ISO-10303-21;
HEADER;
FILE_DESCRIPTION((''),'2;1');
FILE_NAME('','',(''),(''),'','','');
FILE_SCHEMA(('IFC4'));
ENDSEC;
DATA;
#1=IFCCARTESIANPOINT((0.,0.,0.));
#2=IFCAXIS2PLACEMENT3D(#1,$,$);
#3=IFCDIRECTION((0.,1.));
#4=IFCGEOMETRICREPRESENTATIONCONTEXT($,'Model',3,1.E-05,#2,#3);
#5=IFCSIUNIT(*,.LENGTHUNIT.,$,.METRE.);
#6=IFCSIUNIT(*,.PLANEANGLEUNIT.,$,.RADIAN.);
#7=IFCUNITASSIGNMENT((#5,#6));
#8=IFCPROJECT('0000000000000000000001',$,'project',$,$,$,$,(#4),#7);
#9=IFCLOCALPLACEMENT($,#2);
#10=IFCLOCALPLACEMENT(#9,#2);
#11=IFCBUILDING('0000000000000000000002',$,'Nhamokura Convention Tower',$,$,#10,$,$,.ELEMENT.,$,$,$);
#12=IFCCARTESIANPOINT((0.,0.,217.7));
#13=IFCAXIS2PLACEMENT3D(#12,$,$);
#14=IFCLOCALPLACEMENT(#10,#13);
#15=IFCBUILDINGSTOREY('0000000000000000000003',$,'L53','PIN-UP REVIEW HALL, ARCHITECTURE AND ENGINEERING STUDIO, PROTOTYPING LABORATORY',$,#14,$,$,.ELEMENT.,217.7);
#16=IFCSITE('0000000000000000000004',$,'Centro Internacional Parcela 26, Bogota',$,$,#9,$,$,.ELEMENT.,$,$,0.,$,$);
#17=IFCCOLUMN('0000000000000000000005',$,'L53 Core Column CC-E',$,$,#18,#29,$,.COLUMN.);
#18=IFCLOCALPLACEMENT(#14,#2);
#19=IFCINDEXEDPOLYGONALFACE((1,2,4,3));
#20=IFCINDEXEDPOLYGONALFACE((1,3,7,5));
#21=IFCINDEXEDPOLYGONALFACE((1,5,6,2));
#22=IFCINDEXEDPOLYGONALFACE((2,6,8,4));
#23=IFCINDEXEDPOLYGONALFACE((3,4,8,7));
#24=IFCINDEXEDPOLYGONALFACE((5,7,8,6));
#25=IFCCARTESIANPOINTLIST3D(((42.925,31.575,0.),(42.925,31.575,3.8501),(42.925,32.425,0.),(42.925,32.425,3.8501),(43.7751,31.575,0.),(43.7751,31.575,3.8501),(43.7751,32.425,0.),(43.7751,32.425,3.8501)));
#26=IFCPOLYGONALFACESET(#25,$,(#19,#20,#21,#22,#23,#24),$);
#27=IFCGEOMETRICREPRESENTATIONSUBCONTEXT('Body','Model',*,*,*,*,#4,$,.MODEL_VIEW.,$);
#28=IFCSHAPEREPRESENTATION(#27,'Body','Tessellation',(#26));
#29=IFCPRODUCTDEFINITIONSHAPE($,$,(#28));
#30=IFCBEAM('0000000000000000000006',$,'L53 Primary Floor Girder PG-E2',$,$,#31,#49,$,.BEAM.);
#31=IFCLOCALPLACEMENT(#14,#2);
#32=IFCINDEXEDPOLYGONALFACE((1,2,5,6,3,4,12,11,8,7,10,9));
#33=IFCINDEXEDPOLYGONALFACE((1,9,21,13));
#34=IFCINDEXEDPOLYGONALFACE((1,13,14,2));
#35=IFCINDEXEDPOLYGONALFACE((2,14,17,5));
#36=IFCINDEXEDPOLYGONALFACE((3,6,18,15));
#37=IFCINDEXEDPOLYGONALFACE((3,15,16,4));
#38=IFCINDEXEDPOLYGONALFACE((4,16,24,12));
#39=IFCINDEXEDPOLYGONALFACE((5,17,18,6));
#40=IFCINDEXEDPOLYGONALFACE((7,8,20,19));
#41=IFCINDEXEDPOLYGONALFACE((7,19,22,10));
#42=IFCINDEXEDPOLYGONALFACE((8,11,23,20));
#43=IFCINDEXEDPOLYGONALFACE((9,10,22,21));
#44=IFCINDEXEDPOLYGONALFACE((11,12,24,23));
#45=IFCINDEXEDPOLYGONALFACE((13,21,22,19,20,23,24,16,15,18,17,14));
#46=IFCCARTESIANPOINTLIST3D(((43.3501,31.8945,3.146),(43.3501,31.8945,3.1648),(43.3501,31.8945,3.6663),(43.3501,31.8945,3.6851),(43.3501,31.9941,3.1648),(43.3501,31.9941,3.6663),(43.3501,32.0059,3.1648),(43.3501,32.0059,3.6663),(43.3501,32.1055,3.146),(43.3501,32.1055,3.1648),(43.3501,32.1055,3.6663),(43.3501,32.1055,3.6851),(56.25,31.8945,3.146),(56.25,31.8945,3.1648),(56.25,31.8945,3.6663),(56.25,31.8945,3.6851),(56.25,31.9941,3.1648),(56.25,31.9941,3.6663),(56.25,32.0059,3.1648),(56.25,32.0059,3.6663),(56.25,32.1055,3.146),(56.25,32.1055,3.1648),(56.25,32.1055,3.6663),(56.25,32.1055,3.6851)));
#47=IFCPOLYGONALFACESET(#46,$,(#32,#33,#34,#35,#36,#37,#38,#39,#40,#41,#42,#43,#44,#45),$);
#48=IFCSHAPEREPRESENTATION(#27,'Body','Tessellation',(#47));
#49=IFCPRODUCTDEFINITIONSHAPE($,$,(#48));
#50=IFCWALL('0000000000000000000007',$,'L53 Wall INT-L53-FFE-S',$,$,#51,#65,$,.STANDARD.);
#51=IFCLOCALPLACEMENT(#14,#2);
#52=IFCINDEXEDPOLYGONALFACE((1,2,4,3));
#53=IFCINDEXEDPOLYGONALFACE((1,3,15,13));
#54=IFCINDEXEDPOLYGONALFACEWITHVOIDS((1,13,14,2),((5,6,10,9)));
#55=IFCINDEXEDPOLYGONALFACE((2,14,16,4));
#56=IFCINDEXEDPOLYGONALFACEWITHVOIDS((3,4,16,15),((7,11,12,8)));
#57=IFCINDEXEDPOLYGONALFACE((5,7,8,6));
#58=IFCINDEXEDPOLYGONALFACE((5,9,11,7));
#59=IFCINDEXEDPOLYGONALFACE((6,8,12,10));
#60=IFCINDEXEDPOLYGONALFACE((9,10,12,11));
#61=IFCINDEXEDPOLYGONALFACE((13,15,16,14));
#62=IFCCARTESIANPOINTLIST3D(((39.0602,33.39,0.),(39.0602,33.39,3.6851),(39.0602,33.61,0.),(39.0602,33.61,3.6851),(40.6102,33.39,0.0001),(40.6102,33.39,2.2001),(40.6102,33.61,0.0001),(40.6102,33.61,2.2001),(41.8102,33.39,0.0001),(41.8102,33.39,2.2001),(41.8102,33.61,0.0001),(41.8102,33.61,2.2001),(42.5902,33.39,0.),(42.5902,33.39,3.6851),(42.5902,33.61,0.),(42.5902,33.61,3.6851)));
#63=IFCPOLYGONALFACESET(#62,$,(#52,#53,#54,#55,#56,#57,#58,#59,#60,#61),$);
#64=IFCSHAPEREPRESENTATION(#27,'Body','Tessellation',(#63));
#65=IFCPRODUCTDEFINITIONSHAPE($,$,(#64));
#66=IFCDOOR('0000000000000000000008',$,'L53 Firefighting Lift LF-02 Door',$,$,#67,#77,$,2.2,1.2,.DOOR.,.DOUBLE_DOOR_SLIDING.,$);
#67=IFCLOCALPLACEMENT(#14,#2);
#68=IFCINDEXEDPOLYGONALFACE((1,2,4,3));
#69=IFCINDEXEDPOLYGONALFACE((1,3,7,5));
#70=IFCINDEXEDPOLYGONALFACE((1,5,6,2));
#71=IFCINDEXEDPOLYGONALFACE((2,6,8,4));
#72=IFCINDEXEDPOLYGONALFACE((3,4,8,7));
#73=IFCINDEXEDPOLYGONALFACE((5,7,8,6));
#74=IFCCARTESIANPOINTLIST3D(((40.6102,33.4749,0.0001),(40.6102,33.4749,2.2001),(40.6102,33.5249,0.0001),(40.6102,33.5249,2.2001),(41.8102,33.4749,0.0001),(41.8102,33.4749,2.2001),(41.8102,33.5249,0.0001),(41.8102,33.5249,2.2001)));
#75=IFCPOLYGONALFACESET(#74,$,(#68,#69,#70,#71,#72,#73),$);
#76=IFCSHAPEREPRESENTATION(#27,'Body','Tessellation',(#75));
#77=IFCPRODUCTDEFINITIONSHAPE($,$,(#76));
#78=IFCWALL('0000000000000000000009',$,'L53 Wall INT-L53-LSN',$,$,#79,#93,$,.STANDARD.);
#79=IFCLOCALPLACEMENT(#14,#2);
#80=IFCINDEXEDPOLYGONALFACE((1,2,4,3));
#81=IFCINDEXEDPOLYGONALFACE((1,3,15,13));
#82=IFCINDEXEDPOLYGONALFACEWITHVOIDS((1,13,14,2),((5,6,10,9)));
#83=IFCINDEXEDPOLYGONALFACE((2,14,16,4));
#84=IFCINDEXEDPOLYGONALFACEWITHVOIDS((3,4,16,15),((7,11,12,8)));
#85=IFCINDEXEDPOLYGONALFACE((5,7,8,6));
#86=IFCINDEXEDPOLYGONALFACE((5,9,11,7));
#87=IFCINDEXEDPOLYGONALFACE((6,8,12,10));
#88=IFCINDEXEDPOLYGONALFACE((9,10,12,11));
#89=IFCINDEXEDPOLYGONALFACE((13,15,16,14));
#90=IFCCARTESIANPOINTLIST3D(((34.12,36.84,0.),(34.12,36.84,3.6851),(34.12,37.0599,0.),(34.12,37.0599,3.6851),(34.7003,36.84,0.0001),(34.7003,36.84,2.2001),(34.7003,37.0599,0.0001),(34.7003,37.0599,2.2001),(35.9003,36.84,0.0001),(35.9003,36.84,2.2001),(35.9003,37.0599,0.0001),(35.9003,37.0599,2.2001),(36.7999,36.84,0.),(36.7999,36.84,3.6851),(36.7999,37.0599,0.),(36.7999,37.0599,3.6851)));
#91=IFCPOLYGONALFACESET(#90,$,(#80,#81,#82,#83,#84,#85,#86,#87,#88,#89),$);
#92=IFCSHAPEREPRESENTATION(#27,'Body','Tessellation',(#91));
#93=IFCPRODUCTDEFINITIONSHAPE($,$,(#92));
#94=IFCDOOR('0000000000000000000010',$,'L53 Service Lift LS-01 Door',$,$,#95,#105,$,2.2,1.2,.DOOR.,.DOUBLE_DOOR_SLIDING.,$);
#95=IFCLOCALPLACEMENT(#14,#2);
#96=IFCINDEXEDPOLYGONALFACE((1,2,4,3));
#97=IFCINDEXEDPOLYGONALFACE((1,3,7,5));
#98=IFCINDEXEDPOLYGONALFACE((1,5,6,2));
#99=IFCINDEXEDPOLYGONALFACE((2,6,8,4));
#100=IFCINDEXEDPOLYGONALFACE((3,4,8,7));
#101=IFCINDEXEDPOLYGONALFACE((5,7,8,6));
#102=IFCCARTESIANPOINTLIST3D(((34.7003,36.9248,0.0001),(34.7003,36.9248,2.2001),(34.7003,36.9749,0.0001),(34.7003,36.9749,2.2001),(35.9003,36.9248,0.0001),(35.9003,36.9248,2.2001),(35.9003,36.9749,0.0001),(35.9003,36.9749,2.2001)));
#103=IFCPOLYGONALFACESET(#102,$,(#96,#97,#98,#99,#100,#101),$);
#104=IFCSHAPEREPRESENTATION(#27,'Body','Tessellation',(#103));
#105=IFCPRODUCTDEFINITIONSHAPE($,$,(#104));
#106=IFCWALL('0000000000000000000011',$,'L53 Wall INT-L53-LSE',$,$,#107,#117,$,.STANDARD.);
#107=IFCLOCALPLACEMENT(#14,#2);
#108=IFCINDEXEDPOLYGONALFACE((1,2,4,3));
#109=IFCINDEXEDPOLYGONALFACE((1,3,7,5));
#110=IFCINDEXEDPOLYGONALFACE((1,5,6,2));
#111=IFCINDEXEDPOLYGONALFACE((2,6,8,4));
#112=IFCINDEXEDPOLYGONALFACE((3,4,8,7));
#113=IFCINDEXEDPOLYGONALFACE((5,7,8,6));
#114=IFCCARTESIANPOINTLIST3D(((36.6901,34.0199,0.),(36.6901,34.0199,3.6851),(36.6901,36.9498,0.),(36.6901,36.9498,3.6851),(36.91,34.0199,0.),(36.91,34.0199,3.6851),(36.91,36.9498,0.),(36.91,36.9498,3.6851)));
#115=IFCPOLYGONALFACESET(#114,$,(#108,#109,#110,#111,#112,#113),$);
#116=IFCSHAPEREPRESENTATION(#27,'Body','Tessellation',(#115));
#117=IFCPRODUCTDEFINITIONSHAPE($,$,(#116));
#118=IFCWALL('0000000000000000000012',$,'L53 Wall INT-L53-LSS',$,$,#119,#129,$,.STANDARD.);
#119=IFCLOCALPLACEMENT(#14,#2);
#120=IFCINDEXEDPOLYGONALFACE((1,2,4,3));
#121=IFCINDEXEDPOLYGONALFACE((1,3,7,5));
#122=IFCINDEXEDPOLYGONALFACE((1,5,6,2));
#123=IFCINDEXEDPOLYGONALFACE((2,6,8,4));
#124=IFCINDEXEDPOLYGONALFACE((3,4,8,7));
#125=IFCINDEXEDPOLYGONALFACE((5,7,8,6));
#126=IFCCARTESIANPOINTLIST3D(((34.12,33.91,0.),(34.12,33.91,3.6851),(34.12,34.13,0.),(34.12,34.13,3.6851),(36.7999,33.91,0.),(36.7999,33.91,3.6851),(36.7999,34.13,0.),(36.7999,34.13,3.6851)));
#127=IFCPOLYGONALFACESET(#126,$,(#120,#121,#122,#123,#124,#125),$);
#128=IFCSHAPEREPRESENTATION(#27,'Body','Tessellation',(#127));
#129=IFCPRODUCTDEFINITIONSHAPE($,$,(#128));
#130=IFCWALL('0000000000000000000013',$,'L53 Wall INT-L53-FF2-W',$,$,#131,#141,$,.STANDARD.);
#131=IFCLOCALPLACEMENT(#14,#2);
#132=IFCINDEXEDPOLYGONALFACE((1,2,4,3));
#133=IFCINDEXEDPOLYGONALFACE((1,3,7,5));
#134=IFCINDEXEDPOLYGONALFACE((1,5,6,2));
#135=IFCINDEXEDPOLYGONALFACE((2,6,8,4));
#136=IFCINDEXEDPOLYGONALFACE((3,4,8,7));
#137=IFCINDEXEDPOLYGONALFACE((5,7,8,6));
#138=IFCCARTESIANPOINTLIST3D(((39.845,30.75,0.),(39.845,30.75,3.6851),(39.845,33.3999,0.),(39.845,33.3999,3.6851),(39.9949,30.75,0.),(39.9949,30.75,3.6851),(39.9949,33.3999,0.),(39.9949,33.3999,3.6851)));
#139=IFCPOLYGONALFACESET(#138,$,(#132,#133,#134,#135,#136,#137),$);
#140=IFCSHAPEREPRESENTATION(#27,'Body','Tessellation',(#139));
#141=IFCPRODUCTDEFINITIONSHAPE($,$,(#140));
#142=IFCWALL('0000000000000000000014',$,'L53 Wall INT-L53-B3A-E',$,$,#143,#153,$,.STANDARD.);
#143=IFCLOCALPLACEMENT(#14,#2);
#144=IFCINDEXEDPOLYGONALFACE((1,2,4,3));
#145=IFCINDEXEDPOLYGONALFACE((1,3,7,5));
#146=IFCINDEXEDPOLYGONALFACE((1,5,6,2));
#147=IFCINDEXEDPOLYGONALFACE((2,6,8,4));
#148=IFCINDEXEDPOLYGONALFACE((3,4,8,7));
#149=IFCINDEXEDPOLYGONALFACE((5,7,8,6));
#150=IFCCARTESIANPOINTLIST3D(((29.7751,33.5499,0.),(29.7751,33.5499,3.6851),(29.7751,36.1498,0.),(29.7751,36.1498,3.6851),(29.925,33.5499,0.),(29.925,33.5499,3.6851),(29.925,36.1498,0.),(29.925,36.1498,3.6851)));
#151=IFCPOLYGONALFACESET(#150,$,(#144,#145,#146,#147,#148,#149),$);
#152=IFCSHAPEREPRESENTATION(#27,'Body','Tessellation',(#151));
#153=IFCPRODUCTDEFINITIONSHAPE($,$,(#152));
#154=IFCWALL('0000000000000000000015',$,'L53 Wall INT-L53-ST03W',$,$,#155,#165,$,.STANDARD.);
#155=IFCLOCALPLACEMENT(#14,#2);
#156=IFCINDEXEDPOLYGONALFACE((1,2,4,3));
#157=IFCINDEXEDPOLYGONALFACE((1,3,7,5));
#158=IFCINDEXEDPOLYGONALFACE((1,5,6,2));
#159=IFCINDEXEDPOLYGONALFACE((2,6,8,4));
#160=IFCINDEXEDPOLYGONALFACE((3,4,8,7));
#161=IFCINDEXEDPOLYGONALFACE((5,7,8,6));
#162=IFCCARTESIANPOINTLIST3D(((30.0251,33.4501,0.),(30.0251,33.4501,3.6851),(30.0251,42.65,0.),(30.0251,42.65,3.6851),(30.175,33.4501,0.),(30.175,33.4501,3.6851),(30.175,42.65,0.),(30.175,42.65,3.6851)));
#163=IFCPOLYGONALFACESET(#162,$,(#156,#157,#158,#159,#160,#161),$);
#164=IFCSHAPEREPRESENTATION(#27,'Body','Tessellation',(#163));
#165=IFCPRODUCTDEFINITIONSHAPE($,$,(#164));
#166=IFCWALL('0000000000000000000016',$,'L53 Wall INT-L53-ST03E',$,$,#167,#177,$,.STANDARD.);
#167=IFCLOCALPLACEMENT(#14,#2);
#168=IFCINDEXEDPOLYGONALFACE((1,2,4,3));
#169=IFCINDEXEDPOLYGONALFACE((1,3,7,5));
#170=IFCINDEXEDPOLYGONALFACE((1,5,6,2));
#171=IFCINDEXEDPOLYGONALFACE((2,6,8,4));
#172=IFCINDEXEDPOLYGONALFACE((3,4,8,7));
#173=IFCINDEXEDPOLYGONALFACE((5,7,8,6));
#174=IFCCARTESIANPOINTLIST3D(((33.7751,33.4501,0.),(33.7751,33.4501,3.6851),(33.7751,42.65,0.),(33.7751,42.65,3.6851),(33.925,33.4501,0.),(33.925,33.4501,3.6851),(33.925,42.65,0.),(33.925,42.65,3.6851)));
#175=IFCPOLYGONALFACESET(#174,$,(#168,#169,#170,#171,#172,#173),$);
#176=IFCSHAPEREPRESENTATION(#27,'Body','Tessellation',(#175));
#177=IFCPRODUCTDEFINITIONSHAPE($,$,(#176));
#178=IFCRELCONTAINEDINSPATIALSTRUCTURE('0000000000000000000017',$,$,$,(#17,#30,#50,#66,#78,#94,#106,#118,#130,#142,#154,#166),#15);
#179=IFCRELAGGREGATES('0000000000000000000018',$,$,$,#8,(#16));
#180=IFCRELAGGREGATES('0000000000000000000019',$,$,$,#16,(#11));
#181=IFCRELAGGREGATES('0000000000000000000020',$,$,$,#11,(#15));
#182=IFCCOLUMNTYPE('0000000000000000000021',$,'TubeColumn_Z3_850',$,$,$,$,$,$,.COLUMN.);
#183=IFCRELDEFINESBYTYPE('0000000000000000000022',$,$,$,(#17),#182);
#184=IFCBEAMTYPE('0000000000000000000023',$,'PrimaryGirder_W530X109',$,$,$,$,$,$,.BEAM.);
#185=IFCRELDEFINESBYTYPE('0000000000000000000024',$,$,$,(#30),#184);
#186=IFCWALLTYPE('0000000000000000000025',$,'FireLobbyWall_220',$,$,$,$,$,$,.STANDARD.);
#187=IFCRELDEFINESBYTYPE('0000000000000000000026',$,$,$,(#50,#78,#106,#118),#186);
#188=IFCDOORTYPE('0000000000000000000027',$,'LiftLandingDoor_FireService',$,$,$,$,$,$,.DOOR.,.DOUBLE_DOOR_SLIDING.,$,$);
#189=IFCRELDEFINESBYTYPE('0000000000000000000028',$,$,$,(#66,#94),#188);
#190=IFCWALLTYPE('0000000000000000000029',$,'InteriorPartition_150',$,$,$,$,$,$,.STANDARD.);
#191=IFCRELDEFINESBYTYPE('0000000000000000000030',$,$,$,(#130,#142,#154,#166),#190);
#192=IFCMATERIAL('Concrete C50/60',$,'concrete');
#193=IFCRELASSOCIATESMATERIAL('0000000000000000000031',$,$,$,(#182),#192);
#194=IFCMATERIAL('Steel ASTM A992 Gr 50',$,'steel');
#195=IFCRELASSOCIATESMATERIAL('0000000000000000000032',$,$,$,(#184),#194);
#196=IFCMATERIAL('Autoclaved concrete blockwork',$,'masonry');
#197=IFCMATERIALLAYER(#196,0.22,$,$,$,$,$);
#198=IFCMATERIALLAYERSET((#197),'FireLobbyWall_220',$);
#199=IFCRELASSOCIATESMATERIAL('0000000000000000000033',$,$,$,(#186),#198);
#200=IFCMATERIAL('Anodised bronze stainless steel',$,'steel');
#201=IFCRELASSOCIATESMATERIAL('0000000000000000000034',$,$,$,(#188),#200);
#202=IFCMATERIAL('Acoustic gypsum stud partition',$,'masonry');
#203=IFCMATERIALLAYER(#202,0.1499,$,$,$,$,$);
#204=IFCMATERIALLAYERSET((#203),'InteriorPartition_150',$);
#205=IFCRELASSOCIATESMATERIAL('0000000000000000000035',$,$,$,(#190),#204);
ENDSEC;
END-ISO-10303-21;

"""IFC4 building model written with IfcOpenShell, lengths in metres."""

from ifc_helpers import new_model, si_unit, direction, frame, frame_2d, origin, origin_2d, place, context, subcontext, project, spatial, rectangle, i_section, extrude, material, layer, layer_set, material_profile, profile_set, type_object, element, fill, save


model = new_model("IFC4")

# Units and contexts
model_context = context("Model", 3, precision=1e-05, world=origin(), true_north=direction((0.0, 1.0)))
body_context = subcontext(model_context, "Body", "Model", "MODEL_VIEW")
ifc_project = project(units=[si_unit("LENGTHUNIT", "METRE"), si_unit("PLANEANGLEUNIT", "RADIAN")], contexts=[model_context])

# Site, building, storey
site_placement = place(None, origin())
site = spatial("IfcSite", under=ifc_project, at=site_placement, Name="Centro Internacional Parcela 26, Bogota", CompositionType="ELEMENT", RefElevation=0.0)
building_placement = place(site_placement, origin())
building = spatial("IfcBuilding", under=site, at=building_placement, Name="Nhamokura Convention Tower", CompositionType="ELEMENT")
storey_placement = place(building_placement, frame((0.0, 0.0, 217.7)))
storey = spatial("IfcBuildingStorey", under=building, at=storey_placement, Name="L53", Description="PIN-UP REVIEW HALL, ARCHITECTURE AND ENGINEERING STUDIO, PROTOTYPING LABORATORY", CompositionType="ELEMENT", Elevation=217.7)

# Column
ifc_material_1 = material(Name="Concrete C50/60", Category="concrete")
ifc_material_profile_1 = material_profile(ifc_material_1, rectangle(XDim=0.8501, YDim=0.8501, at=origin_2d()))
ifc_profile_set_1 = profile_set([ifc_material_profile_1], Name="Concrete C50/60")
column_type = type_object("IfcColumnType", Name="TubeColumn_Z3_850", PredefinedType="COLUMN", material=ifc_profile_set_1)
column_placement = place(storey_placement, frame((43.3501, 32.0, 0.0), z_axis=(0.0, 0.0, 1.0), x_axis=(1.0, 0.0, 0.0)))
element("IfcColumn", 1, at=column_placement, inside=storey, type_object=column_type, Name="L53 Core Column CC-E", PredefinedType="COLUMN", context=body_context, shape_type="SweptSolid", body=[
    extrude(rectangle(XDim=0.8501, YDim=0.8501, at=origin_2d()), origin(), (0.0, 0.0, 1.0), 3.8501),
])

# Beam
ifc_material_2 = material(Name="Steel ASTM A992 Gr 50", Category="steel")
ifc_material_profile_2 = material_profile(ifc_material_2, i_section(OverallWidth=0.2109, OverallDepth=0.5391, WebThickness=0.0117, FlangeThickness=0.0188, at=origin_2d()))
ifc_profile_set_2 = profile_set([ifc_material_profile_2], Name="Steel ASTM A992 Gr 50")
beam_type = type_object("IfcBeamType", Name="PrimaryGirder_W530X109", PredefinedType="BEAM", material=ifc_profile_set_2)
beam_placement = place(storey_placement, frame((43.3501, 32.0, 3.4155), z_axis=(1.0, 0.0, 0.0), x_axis=(0.0, 1.0, 0.0)))
element("IfcBeam", 2, at=beam_placement, inside=storey, type_object=beam_type, Name="L53 Primary Floor Girder PG-E2", PredefinedType="BEAM", context=body_context, shape_type="SweptSolid", body=[
    extrude(i_section(OverallWidth=0.2109, OverallDepth=0.5391, WebThickness=0.0117, FlangeThickness=0.0188, at=origin_2d()), origin(), (0.0, 0.0, 1.0), 12.8999),
])

# Walls, openings, doors
ifc_material_3 = material(Name="Autoclaved concrete blockwork", Category="masonry")
ifc_layer_1 = layer(ifc_material_3, 0.22)
ifc_layer_set_1 = layer_set([ifc_layer_1], Name="FireLobbyWall_220")
wall_type_1 = type_object("IfcWallType", Name="FireLobbyWall_220", PredefinedType="STANDARD", material=ifc_layer_set_1)
wall_1_placement = place(storey_placement, frame((39.0601, 33.5, 0.0), z_axis=(0.0, 0.0, 1.0), x_axis=(1.0, 0.0, 0.0)))
wall_1 = element("IfcWall", 3, at=wall_1_placement, inside=storey, type_object=wall_type_1, Name="L53 Wall INT-L53-FFE-S", PredefinedType="STANDARD", context=body_context, shape_type="SweptSolid", body=[
    extrude(rectangle(XDim=3.53, YDim=0.22, at=frame_2d((1.7651, 0.0))), origin(), (0.0, 0.0, 1.0), 3.6851),
])
opening_1_placement = place(wall_1_placement, frame((1.55, 0.0, 0.0)))
opening_1 = element("IfcOpeningElement", 4, at=opening_1_placement, cuts=wall_1, PredefinedType="OPENING", context=body_context, shape_type="SweptSolid", body=[
    extrude(rectangle(XDim=1.2, YDim=2.2, at=frame_2d((0.6001, 1.1001))), frame((0.0, 0.1199, 0.0), z_axis=(0.0, -1.0, 0.0), x_axis=(1.0, 0.0, 0.0)), (0.0, 0.0, 1.0), 0.24),
])
ifc_material_4 = material(Name="Anodised bronze stainless steel", Category="steel")
door_type_1 = type_object("IfcDoorType", Name="LiftLandingDoor_FireService", OperationType="DOUBLE_DOOR_SLIDING", PredefinedType="DOOR", material=ifc_material_4)
door_1_placement = place(opening_1_placement, origin())
door_1 = element("IfcDoor", 5, at=door_1_placement, inside=storey, type_object=door_type_1, Name="L53 Firefighting Lift LF-02 Door", OperationType="DOUBLE_DOOR_SLIDING", OverallHeight=2.2, OverallWidth=1.2, PredefinedType="DOOR", context=body_context, shape_type="SweptSolid", body=[
    extrude(rectangle(XDim=1.2, YDim=2.2, at=frame_2d((0.6001, 1.1001))), frame((0.0, 0.0249, 0.0), z_axis=(0.0, -1.0, 0.0), x_axis=(1.0, 0.0, 0.0)), (0.0, 0.0, 1.0), 0.05),
])
fill(opening_1, door_1)
wall_2_placement = place(storey_placement, frame((34.1201, 36.95, 0.0), z_axis=(0.0, 0.0, 1.0), x_axis=(1.0, 0.0, 0.0)))
wall_2 = element("IfcWall", 6, at=wall_2_placement, inside=storey, type_object=wall_type_1, Name="L53 Wall INT-L53-LSN", PredefinedType="STANDARD", context=body_context, shape_type="SweptSolid", body=[
    extrude(rectangle(XDim=2.6799, YDim=0.22, at=frame_2d((1.3398, 0.0))), origin(), (0.0, 0.0, 1.0), 3.6851),
])
opening_2_placement = place(wall_2_placement, frame((0.5801, 0.0, 0.0)))
opening_2 = element("IfcOpeningElement", 7, at=opening_2_placement, cuts=wall_2, PredefinedType="OPENING", context=body_context, shape_type="SweptSolid", body=[
    extrude(rectangle(XDim=1.2, YDim=2.2, at=frame_2d((0.6001, 1.1001))), frame((0.0, 0.1199, 0.0), z_axis=(0.0, -1.0, 0.0), x_axis=(1.0, 0.0, 0.0)), (0.0, 0.0, 1.0), 0.24),
])
door_2_placement = place(opening_2_placement, origin())
door_2 = element("IfcDoor", 8, at=door_2_placement, inside=storey, type_object=door_type_1, Name="L53 Service Lift LS-01 Door", OperationType="DOUBLE_DOOR_SLIDING", OverallHeight=2.2, OverallWidth=1.2, PredefinedType="DOOR", context=body_context, shape_type="SweptSolid", body=[
    extrude(rectangle(XDim=1.2, YDim=2.2, at=frame_2d((0.6001, 1.1001))), frame((0.0, 0.0249, 0.0), z_axis=(0.0, -1.0, 0.0), x_axis=(1.0, 0.0, 0.0)), (0.0, 0.0, 1.0), 0.05),
])
fill(opening_2, door_2)

# Walls
wall_3_placement = place(storey_placement, frame((36.8, 34.02, 0.0), z_axis=(0.0, 0.0, 1.0), x_axis=(0.0, 1.0, 0.0)))
element("IfcWall", 9, at=wall_3_placement, inside=storey, type_object=wall_type_1, Name="L53 Wall INT-L53-LSE", PredefinedType="STANDARD", context=body_context, shape_type="SweptSolid", body=[
    extrude(rectangle(XDim=2.9299, YDim=0.22, at=frame_2d((1.4648, 0.0))), origin(), (0.0, 0.0, 1.0), 3.6851),
])
wall_4_placement = place(storey_placement, frame((34.1201, 34.02, 0.0), z_axis=(0.0, 0.0, 1.0), x_axis=(1.0, 0.0, 0.0)))
element("IfcWall", 10, at=wall_4_placement, inside=storey, type_object=wall_type_1, Name="L53 Wall INT-L53-LSS", PredefinedType="STANDARD", context=body_context, shape_type="SweptSolid", body=[
    extrude(rectangle(XDim=2.6799, YDim=0.22, at=frame_2d((1.3398, 0.0))), origin(), (0.0, 0.0, 1.0), 3.6851),
])
ifc_material_5 = material(Name="Acoustic gypsum stud partition", Category="masonry")
ifc_layer_2 = layer(ifc_material_5, 0.1499)
ifc_layer_set_2 = layer_set([ifc_layer_2], Name="InteriorPartition_150")
wall_type_2 = type_object("IfcWallType", Name="InteriorPartition_150", PredefinedType="STANDARD", material=ifc_layer_set_2)
wall_5_placement = place(storey_placement, frame((39.9199, 30.75, 0.0), z_axis=(0.0, 0.0, 1.0), x_axis=(0.0, 1.0, 0.0)))
element("IfcWall", 11, at=wall_5_placement, inside=storey, type_object=wall_type_2, Name="L53 Wall INT-L53-FF2-W", PredefinedType="STANDARD", context=body_context, shape_type="SweptSolid", body=[
    extrude(rectangle(XDim=2.6499, YDim=0.1499, at=frame_2d((1.325, 0.0))), origin(), (0.0, 0.0, 1.0), 3.6851),
])
wall_6_placement = place(storey_placement, frame((29.8501, 33.55, 0.0), z_axis=(0.0, 0.0, 1.0), x_axis=(0.0, 1.0, 0.0)))
element("IfcWall", 12, at=wall_6_placement, inside=storey, type_object=wall_type_2, Name="L53 Wall INT-L53-B3A-E", PredefinedType="STANDARD", context=body_context, shape_type="SweptSolid", body=[
    extrude(rectangle(XDim=2.5999, YDim=0.1499, at=frame_2d((1.2998, 0.0))), origin(), (0.0, 0.0, 1.0), 3.6851),
])
for number, where, z_axis, x_axis, name in (
    (13, (30.1001, 33.45, 0.0), (0.0, 0.0, 1.0), (0.0, 1.0, 0.0), "L53 Wall INT-L53-ST03W"),
    (14, (33.8501, 33.45, 0.0), (0.0, 0.0, 1.0), (0.0, 1.0, 0.0), "L53 Wall INT-L53-ST03E"),
):
    element("IfcWall", number, at=place(storey_placement, frame(where, z_axis=z_axis, x_axis=x_axis)), inside=storey, type_object=wall_type_2, Name=name, PredefinedType="STANDARD", context=body_context, shape_type="SweptSolid", body=[
        extrude(rectangle(XDim=9.2, YDim=0.1499, at=frame_2d((4.6001, 0.0))), origin(), (0.0, 0.0, 1.0), 3.6851),
    ])

save(model, "model.ifc")
